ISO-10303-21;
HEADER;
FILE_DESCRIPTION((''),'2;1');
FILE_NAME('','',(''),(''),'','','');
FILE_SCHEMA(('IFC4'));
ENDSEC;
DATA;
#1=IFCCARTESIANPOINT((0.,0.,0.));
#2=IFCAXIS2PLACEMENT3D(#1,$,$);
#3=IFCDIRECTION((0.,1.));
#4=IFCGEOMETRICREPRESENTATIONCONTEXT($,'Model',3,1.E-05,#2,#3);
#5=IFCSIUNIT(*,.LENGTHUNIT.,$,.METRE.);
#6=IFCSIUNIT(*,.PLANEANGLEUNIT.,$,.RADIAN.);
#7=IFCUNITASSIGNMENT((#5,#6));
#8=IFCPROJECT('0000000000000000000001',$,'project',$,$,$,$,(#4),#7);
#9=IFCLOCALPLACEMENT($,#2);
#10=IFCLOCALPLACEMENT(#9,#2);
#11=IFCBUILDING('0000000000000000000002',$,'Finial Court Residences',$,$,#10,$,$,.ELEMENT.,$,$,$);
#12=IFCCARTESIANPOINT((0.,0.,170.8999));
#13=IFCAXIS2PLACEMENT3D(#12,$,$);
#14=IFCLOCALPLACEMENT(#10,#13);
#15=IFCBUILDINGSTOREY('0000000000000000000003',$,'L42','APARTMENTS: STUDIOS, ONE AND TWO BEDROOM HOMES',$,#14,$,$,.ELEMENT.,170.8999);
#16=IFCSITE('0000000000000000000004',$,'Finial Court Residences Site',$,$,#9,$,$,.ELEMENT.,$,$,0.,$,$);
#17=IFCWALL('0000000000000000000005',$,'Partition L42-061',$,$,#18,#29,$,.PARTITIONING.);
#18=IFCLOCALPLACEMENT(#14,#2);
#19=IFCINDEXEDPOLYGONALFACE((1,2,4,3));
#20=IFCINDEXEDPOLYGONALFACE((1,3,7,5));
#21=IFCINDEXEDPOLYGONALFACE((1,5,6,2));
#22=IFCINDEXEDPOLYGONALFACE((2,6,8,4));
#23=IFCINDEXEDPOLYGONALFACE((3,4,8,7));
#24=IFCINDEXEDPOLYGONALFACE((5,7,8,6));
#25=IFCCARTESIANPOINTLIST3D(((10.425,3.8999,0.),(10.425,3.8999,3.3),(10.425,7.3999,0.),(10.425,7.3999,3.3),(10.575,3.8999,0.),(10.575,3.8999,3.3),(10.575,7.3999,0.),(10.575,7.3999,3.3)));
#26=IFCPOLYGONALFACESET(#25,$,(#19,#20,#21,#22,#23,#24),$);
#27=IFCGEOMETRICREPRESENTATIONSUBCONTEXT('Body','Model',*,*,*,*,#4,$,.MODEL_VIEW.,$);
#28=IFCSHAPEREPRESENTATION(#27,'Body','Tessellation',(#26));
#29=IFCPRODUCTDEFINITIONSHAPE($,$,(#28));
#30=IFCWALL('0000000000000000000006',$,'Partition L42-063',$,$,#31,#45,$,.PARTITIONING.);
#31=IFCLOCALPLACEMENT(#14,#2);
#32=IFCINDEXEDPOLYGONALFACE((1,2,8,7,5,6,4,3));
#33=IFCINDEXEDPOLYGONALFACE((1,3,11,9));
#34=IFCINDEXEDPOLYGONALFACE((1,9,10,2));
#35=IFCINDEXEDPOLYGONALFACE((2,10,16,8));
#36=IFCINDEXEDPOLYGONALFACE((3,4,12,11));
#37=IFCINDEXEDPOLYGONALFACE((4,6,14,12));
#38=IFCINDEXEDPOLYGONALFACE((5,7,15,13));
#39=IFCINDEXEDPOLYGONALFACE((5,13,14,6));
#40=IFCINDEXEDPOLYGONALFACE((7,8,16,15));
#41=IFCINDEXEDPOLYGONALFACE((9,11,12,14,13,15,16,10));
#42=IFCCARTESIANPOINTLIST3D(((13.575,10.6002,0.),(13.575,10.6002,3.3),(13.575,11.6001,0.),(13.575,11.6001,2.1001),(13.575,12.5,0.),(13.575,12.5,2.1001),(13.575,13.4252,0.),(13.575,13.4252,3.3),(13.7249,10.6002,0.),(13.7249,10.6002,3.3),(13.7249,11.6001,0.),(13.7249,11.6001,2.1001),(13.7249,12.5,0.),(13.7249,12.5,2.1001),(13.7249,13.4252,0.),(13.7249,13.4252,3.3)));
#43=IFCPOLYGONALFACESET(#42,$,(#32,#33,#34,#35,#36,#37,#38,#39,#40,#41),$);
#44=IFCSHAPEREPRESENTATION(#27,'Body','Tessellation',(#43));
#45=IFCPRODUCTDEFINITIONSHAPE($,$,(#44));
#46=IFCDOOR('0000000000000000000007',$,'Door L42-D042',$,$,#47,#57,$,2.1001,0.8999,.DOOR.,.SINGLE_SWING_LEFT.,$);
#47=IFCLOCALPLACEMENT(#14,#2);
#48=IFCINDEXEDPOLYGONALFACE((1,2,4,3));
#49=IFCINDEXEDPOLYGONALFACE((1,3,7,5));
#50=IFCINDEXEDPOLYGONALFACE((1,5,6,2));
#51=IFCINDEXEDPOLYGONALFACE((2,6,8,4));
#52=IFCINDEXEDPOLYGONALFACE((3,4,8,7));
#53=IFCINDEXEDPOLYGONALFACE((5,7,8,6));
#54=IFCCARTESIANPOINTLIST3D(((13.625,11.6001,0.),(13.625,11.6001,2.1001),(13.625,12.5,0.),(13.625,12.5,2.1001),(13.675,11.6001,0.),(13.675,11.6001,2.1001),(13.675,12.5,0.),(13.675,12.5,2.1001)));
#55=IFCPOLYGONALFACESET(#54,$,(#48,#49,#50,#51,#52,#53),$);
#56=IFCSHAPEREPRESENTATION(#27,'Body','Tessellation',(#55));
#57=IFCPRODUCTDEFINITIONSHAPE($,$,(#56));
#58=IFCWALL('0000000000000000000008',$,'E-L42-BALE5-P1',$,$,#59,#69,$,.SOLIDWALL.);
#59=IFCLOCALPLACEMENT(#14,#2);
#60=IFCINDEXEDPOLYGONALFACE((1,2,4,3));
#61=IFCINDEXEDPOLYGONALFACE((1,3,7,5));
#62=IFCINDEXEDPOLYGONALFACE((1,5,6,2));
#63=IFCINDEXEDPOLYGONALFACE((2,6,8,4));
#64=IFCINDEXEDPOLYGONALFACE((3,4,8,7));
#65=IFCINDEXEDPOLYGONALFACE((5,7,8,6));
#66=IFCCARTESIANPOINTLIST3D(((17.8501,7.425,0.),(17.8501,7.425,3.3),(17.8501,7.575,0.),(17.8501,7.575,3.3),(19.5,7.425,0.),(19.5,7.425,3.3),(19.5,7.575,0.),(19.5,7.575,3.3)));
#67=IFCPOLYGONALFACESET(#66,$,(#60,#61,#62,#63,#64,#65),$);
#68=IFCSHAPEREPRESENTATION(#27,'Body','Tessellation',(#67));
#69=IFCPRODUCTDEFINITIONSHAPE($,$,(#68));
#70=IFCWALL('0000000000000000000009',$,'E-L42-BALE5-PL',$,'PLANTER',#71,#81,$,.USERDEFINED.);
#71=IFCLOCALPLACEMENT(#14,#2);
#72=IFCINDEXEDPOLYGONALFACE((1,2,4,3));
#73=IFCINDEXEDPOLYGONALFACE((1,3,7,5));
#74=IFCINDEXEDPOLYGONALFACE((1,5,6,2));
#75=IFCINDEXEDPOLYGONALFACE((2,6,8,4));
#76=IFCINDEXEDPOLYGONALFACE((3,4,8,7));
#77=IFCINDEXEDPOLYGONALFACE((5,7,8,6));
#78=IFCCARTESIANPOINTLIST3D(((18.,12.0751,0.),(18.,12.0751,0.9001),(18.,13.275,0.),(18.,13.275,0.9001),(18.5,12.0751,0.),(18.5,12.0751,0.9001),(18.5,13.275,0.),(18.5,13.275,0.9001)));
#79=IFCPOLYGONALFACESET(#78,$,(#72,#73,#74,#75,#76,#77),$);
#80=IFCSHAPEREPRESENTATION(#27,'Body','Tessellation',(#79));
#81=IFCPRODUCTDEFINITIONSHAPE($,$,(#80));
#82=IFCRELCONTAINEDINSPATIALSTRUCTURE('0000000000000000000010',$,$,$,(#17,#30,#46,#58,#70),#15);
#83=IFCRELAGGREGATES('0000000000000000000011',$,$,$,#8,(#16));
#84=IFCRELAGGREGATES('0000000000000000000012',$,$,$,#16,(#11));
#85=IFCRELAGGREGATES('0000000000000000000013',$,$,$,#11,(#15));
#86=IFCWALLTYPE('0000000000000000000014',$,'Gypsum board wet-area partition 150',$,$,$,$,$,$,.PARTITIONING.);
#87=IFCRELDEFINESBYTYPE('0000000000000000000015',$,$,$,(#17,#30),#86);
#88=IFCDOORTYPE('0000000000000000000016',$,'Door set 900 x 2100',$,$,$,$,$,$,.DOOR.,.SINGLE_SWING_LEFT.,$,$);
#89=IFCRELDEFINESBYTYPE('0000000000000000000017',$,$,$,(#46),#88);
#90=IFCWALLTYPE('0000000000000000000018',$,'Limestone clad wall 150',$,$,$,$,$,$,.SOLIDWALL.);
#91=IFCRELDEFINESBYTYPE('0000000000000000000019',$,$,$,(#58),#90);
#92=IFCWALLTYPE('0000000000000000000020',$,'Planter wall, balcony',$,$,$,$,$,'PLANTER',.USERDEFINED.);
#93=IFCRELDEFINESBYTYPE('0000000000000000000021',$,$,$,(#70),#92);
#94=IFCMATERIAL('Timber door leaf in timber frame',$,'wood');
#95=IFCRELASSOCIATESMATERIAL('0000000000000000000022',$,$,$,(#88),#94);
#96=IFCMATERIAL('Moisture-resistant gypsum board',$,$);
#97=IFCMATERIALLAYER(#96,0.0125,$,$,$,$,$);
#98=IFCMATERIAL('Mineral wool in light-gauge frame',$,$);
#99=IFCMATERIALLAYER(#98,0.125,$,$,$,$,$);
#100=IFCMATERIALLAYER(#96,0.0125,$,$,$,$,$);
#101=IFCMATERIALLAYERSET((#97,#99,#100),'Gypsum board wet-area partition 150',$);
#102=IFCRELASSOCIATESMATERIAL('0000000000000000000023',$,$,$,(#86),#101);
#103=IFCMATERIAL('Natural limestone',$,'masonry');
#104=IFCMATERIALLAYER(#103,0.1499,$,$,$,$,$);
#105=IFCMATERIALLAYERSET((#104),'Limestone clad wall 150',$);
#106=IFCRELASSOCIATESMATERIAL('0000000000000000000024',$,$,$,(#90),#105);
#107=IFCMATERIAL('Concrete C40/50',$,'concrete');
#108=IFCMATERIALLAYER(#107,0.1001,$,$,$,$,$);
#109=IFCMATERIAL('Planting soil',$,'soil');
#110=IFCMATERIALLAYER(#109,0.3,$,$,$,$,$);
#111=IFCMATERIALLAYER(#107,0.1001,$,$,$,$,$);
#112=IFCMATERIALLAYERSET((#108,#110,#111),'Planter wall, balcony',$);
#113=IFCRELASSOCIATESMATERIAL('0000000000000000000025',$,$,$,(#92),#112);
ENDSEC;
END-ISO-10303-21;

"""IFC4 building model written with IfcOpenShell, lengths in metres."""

from ifc_helpers import new_model, si_unit, direction, frame, frame_2d, origin, place, context, subcontext, project, spatial, rectangle, extrude, material, layer, layer_set, type_object, element, fill, save


model = new_model("IFC4")

# Units and contexts
model_context = context("Model", 3, precision=1e-05, world=origin(), true_north=direction((0.0, 1.0)))
body_context = subcontext(model_context, "Body", "Model", "MODEL_VIEW")
ifc_project = project(units=[si_unit("LENGTHUNIT", "METRE"), si_unit("PLANEANGLEUNIT", "RADIAN")], contexts=[model_context])

# Site, building, storey
site_placement = place(None, origin())
site = spatial("IfcSite", under=ifc_project, at=site_placement, Name="Finial Court Residences Site", CompositionType="ELEMENT", RefElevation=0.0)
building_placement = place(site_placement, origin())
building = spatial("IfcBuilding", under=site, at=building_placement, Name="Finial Court Residences", CompositionType="ELEMENT")
storey_placement = place(building_placement, frame((0.0, 0.0, 170.8999)))
storey = spatial("IfcBuildingStorey", under=building, at=storey_placement, Name="L42", Description="APARTMENTS: STUDIOS, ONE AND TWO BEDROOM HOMES", CompositionType="ELEMENT", Elevation=170.8999)

# Shared definitions
ifc_material_1 = material(Name="Mineral wool in light-gauge frame")
ifc_material_2 = material(Name="Timber door leaf in timber frame", Category="wood")
door_type_1 = type_object("IfcDoorType", Name="Door set 900 x 2100", OperationType="SINGLE_SWING_LEFT", PredefinedType="DOOR", material=ifc_material_2)

# Wall
ifc_material_3 = material(Name="Moisture-resistant gypsum board")
ifc_layer_1 = layer(ifc_material_3, 0.0125)
ifc_layer_2 = layer(ifc_material_1, 0.125)
ifc_layer_3 = layer(ifc_material_3, 0.0125)
ifc_layer_set_1 = layer_set([ifc_layer_1, ifc_layer_2, ifc_layer_3], Name="Gypsum board wet-area partition 150")
wall_type_1 = type_object("IfcWallType", Name="Gypsum board wet-area partition 150", PredefinedType="PARTITIONING", material=ifc_layer_set_1)
wall_1_placement = place(storey_placement, frame((10.5, 3.8999, 0.0), z_axis=(0.0, 0.0, 1.0), x_axis=(0.0, 1.0, 0.0)))
element("IfcWall", 1, at=wall_1_placement, inside=storey, type_object=wall_type_1, Name="Partition L42-061", PredefinedType="PARTITIONING", context=body_context, shape_type="SweptSolid", body=[
    extrude(rectangle(XDim=3.5, YDim=0.1499, at=frame_2d((1.75, 0.0))), origin(), (0.0, 0.0, 1.0), 3.3),
])

# Wall, opening, door
wall_2_placement = place(storey_placement, frame((13.6499, 10.6001, 0.0), z_axis=(0.0, 0.0, 1.0), x_axis=(0.0, 1.0, 0.0)))
wall_2 = element("IfcWall", 2, at=wall_2_placement, inside=storey, type_object=wall_type_1, Name="Partition L42-063", PredefinedType="PARTITIONING", context=body_context, shape_type="SweptSolid", body=[
    extrude(rectangle(XDim=2.825, YDim=0.1499, at=frame_2d((1.4126, 0.0))), origin(), (0.0, 0.0, 1.0), 3.3),
])
opening_1_placement = place(wall_2_placement, frame((1.0, 0.0, 0.0)))
opening_1 = element("IfcOpeningElement", 3, at=opening_1_placement, cuts=wall_2, PredefinedType="OPENING", context=body_context, shape_type="SweptSolid", body=[
    extrude(rectangle(XDim=0.8999, YDim=2.1001, at=frame_2d((0.45, 1.05))), frame((0.0, 0.085, 0.0), z_axis=(0.0, -1.0, 0.0), x_axis=(1.0, 0.0, 0.0)), (0.0, 0.0, 1.0), 0.1699),
])
door_1_placement = place(opening_1_placement, origin())
door_1 = element("IfcDoor", 4, at=door_1_placement, inside=storey, type_object=door_type_1, Name="Door L42-D042", OperationType="SINGLE_SWING_LEFT", OverallHeight=2.1001, OverallWidth=0.8999, PredefinedType="DOOR", context=body_context, shape_type="SweptSolid", body=[
    extrude(rectangle(XDim=0.8999, YDim=2.1001, at=frame_2d((0.45, 1.05))), frame((0.0, 0.0249, 0.0), z_axis=(0.0, -1.0, 0.0), x_axis=(1.0, 0.0, 0.0)), (0.0, 0.0, 1.0), 0.05),
])
fill(opening_1, door_1)

# Wall
ifc_material_4 = material(Name="Natural limestone", Category="masonry")
ifc_layer_4 = layer(ifc_material_4, 0.1499)
ifc_layer_set_2 = layer_set([ifc_layer_4], Name="Limestone clad wall 150")
wall_type_2 = type_object("IfcWallType", Name="Limestone clad wall 150", PredefinedType="SOLIDWALL", material=ifc_layer_set_2)
wall_3_placement = place(storey_placement, frame((17.8501, 7.5, 0.0), z_axis=(0.0, 0.0, 1.0), x_axis=(1.0, 0.0, 0.0)))
element("IfcWall", 5, at=wall_3_placement, inside=storey, type_object=wall_type_2, Name="E-L42-BALE5-P1", PredefinedType="SOLIDWALL", context=body_context, shape_type="SweptSolid", body=[
    extrude(rectangle(XDim=1.6499, YDim=0.1499, at=frame_2d((0.825, 0.0))), origin(), (0.0, 0.0, 1.0), 3.3),
])

# Wall
ifc_material_5 = material(Name="Concrete C40/50", Category="concrete")
ifc_layer_5 = layer(ifc_material_5, 0.1001)
ifc_material_6 = material(Name="Planting soil", Category="soil")
ifc_layer_6 = layer(ifc_material_6, 0.3)
ifc_layer_7 = layer(ifc_material_5, 0.1001)
ifc_layer_set_3 = layer_set([ifc_layer_5, ifc_layer_6, ifc_layer_7], Name="Planter wall, balcony")
wall_type_3 = type_object("IfcWallType", Name="Planter wall, balcony", ElementType="PLANTER", PredefinedType="USERDEFINED", material=ifc_layer_set_3)
wall_4_placement = place(storey_placement, frame((18.25, 12.075, 0.0), z_axis=(0.0, 0.0, 1.0), x_axis=(0.0, 1.0, 0.0)))
element("IfcWall", 6, at=wall_4_placement, inside=storey, type_object=wall_type_3, Name="E-L42-BALE5-PL", ObjectType="PLANTER", PredefinedType="USERDEFINED", context=body_context, shape_type="SweptSolid", body=[
    extrude(rectangle(XDim=1.2, YDim=0.5, at=frame_2d((0.6001, 0.0))), origin(), (0.0, 0.0, 1.0), 0.9001),
])

save(model, "model.ifc")
